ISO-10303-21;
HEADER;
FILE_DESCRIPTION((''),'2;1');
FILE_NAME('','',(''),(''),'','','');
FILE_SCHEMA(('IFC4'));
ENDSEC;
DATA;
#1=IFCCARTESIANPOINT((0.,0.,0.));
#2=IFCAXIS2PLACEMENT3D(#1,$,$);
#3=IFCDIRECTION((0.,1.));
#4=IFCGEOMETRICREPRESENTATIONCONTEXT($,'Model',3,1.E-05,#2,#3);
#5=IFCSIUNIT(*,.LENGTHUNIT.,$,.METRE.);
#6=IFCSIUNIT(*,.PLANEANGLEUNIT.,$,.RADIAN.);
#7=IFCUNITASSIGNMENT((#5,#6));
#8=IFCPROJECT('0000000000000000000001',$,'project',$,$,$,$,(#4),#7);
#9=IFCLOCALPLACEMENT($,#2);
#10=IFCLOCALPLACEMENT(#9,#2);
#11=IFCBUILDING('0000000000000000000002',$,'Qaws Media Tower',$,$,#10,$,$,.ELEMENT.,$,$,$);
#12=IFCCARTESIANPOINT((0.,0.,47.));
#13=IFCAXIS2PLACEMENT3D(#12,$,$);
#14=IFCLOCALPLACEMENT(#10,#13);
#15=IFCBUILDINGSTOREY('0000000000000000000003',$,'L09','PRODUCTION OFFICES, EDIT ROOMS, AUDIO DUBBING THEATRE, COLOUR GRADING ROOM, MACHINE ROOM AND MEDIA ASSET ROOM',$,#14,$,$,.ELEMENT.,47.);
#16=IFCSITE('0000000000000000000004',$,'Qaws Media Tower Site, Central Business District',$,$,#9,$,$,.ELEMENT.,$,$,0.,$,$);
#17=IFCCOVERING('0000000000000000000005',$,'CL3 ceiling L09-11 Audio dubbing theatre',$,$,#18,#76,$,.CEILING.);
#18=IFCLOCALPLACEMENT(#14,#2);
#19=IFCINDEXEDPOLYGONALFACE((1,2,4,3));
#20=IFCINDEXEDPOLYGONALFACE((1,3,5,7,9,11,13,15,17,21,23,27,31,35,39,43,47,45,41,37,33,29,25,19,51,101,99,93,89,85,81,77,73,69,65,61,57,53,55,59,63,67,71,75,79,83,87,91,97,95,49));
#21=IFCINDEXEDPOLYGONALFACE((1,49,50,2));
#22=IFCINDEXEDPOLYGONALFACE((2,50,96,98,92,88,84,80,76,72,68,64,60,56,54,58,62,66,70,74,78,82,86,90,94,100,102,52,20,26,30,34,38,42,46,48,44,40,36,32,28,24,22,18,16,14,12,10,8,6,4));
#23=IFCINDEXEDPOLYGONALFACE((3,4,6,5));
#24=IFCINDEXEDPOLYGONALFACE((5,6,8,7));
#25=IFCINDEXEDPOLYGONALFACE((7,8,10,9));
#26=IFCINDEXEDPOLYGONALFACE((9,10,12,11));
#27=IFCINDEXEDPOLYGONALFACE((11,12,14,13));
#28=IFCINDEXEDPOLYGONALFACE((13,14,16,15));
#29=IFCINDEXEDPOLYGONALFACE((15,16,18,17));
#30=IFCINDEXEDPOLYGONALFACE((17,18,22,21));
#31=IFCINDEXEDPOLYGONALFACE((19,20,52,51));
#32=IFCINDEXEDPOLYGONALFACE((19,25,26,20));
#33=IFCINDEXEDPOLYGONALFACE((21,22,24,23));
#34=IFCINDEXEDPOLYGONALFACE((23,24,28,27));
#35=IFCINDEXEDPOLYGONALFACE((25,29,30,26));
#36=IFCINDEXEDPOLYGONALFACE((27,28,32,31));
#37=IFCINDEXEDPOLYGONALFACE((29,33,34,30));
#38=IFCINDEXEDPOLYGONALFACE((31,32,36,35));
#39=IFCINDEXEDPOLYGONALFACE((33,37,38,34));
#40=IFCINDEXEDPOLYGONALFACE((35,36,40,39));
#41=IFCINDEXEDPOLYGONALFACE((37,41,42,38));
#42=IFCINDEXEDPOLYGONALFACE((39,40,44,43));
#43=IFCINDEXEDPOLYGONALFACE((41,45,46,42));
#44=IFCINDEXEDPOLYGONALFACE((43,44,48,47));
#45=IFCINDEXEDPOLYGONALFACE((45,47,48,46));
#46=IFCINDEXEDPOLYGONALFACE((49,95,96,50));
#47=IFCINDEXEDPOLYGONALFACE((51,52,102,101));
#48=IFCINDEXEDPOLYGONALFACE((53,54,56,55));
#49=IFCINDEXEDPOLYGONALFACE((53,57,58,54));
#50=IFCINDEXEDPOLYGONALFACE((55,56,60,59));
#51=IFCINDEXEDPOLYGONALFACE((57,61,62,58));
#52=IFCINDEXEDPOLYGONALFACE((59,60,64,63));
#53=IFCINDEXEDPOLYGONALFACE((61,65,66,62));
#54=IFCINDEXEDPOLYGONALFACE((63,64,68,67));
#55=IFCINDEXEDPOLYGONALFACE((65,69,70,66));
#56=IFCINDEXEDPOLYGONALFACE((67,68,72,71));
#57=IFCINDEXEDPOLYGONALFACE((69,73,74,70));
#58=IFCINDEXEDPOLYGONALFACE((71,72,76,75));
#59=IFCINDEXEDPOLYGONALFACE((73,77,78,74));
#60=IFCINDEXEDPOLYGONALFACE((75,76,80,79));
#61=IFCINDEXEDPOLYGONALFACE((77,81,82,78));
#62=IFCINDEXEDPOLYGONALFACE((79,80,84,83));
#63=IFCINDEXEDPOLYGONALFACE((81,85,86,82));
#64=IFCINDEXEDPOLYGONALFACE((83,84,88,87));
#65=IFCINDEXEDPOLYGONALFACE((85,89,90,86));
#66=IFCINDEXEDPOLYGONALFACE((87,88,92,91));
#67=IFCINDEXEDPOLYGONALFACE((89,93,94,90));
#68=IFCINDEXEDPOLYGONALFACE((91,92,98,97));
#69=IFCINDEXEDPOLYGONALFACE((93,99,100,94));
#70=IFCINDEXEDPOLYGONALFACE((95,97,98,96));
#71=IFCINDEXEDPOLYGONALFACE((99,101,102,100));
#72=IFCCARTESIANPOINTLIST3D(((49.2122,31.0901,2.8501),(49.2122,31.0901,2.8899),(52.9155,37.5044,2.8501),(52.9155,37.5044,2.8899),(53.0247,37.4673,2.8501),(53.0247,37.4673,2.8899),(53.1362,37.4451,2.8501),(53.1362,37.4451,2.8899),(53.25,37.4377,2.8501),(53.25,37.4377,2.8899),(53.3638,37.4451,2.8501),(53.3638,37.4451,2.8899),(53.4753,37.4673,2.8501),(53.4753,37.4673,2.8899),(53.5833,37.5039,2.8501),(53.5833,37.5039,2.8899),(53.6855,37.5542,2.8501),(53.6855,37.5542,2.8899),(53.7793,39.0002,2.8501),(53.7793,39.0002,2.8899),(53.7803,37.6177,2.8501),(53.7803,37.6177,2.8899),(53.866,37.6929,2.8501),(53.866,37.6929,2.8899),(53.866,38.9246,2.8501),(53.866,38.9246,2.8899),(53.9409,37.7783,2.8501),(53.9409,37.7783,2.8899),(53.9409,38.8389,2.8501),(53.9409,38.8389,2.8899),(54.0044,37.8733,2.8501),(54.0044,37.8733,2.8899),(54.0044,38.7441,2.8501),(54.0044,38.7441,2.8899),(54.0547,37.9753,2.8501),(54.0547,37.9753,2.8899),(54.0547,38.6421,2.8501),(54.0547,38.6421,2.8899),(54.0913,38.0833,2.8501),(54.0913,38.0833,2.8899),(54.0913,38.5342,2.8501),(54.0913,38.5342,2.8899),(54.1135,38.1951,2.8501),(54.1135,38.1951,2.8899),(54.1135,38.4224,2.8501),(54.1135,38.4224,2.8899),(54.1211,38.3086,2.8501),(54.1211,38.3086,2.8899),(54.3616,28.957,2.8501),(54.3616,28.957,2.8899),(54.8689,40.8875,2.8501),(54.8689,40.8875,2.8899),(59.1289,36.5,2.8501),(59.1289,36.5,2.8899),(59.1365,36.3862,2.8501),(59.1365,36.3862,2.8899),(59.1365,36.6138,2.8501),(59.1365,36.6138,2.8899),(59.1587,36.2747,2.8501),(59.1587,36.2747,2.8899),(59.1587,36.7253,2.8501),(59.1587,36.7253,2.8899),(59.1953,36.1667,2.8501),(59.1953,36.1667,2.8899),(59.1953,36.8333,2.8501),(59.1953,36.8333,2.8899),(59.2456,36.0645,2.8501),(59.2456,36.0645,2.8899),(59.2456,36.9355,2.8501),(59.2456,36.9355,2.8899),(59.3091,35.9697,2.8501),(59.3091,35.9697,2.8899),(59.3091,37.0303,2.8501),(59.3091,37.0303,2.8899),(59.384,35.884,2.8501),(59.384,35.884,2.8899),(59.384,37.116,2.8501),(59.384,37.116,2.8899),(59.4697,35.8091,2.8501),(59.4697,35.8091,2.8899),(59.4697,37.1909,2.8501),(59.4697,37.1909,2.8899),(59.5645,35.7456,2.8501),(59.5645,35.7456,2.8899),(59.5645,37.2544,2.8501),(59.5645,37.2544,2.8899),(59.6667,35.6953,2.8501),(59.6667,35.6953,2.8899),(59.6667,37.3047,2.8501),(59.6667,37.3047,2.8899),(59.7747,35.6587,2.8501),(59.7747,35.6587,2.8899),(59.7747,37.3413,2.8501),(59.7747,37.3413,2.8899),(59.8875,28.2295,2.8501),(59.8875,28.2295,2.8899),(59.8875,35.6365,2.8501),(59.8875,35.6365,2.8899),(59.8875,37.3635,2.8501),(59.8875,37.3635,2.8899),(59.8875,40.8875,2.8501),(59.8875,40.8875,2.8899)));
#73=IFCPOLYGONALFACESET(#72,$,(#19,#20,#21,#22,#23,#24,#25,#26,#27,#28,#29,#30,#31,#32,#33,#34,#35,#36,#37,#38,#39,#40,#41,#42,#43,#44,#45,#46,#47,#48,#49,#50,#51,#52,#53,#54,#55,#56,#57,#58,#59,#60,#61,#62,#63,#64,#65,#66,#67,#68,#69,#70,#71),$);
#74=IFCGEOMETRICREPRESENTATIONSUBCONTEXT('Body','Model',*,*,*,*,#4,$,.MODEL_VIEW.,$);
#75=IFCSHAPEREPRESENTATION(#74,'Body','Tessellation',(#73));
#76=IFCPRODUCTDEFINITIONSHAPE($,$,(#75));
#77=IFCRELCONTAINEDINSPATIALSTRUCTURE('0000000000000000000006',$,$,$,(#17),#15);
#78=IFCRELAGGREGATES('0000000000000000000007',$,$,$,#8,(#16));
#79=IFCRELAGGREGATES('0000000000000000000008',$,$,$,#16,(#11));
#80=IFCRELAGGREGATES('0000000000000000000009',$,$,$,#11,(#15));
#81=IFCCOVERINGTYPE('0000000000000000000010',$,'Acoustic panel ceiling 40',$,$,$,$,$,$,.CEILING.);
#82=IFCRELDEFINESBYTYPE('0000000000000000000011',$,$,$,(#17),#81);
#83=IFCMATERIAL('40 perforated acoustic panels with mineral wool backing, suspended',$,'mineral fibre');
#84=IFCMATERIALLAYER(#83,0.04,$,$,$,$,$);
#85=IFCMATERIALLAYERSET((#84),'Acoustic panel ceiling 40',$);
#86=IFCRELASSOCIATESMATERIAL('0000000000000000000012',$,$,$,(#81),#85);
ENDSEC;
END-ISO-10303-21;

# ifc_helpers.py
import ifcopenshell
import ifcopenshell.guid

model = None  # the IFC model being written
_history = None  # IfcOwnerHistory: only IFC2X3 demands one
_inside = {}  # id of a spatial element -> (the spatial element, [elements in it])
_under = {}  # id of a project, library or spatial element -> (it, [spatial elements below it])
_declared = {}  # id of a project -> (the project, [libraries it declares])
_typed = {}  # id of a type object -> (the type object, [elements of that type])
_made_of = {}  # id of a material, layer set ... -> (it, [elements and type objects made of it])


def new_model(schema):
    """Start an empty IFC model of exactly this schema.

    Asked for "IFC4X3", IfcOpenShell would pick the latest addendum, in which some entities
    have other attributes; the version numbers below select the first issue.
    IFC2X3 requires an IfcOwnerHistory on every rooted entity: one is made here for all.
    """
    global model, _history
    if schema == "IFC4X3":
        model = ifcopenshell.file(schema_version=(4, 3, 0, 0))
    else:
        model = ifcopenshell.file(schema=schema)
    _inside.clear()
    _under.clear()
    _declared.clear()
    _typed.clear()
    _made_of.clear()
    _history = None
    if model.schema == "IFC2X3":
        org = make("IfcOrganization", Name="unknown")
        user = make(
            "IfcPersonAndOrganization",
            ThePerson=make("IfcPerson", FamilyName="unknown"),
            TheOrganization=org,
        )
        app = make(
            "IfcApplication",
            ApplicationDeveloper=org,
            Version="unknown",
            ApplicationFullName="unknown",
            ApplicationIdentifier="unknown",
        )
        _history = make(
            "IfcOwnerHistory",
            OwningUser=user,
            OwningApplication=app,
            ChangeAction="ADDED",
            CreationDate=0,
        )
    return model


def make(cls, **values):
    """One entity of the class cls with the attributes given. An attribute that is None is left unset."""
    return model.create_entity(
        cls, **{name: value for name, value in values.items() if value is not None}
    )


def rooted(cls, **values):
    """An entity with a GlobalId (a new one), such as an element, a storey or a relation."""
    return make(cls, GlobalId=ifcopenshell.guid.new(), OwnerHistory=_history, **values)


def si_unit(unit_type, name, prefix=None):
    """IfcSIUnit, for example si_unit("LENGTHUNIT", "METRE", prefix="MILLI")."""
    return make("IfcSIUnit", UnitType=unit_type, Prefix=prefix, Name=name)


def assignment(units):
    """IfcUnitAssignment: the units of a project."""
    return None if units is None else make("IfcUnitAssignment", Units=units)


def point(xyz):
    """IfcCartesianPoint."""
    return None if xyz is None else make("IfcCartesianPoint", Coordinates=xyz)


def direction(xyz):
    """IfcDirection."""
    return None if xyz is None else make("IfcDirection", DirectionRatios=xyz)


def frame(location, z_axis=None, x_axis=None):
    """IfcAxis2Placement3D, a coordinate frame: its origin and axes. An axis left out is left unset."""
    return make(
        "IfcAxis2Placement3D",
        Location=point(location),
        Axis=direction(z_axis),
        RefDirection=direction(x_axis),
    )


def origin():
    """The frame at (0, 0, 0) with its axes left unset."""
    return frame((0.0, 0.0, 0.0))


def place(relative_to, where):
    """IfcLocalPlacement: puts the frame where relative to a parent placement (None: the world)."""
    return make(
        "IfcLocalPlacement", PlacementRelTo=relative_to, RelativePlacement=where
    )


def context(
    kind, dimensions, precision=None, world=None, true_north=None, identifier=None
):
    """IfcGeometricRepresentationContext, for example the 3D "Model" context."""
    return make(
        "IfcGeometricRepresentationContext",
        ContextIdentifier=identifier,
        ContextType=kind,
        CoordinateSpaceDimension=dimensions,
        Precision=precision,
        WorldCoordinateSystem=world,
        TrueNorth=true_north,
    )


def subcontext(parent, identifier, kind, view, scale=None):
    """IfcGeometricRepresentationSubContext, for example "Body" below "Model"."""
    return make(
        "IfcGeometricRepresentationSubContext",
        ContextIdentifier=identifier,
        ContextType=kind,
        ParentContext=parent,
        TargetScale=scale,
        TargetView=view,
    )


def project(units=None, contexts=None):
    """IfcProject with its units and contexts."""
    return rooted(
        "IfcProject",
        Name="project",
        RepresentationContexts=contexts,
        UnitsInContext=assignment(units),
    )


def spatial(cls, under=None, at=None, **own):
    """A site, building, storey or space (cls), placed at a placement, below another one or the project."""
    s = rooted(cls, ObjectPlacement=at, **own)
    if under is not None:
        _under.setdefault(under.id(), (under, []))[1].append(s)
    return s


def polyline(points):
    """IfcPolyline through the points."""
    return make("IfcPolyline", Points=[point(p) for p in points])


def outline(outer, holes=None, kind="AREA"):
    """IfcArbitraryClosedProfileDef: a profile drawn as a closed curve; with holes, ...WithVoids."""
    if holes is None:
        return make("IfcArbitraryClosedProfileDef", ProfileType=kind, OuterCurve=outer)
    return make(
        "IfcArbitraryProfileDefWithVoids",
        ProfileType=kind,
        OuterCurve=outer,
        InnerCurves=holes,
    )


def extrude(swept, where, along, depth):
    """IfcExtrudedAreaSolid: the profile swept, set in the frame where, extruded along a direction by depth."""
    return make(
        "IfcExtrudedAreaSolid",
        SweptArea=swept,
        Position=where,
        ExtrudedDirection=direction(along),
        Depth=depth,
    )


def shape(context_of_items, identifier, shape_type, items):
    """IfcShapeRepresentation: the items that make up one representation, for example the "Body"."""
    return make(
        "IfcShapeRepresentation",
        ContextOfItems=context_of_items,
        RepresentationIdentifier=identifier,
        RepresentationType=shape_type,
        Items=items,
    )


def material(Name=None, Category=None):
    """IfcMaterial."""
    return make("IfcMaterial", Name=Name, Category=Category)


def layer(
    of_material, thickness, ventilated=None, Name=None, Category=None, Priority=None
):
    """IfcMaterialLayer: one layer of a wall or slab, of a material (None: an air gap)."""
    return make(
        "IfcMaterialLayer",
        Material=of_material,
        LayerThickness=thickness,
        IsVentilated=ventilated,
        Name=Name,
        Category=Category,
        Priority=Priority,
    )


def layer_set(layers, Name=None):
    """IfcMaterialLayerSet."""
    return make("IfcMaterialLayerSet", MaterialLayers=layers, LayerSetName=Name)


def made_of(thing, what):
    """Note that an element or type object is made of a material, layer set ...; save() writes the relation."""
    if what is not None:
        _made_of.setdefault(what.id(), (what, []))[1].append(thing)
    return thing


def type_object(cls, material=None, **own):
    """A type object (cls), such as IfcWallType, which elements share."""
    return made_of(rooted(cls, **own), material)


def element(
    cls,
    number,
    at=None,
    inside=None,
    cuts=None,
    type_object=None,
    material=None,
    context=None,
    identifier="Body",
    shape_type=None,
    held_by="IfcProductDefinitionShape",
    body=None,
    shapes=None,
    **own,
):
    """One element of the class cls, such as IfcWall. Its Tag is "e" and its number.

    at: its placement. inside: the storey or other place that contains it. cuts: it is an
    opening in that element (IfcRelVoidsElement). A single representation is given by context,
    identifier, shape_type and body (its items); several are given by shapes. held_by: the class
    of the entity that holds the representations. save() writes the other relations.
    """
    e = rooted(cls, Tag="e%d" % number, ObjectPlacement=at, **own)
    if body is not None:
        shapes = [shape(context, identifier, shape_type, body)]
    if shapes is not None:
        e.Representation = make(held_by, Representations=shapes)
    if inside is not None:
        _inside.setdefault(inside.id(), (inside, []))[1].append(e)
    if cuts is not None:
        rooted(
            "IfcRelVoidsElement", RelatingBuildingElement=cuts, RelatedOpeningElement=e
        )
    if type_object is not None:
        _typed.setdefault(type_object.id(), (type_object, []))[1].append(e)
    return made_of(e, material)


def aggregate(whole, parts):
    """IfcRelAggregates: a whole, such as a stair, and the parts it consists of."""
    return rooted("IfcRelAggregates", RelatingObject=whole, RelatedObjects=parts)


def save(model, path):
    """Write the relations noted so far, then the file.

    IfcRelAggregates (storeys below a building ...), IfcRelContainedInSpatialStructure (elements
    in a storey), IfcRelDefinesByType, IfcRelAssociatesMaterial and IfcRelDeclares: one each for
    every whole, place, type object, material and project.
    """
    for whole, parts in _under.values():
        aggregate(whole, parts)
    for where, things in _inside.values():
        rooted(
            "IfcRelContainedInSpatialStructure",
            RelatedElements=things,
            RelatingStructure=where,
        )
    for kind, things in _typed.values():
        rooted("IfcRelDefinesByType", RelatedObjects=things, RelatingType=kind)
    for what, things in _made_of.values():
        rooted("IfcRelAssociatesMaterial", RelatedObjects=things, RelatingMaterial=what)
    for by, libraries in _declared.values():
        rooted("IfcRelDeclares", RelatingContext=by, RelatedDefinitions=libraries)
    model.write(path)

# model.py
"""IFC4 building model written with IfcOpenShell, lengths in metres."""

from ifc_helpers import new_model, si_unit, direction, frame, origin, place, context, subcontext, project, spatial, polyline, outline, extrude, material, layer, layer_set, type_object, element, save


model = new_model("IFC4")

# Units and contexts
model_context = context("Model", 3, precision=1e-05, world=origin(), true_north=direction((0.0, 1.0)))
body_context = subcontext(model_context, "Body", "Model", "MODEL_VIEW")
ifc_project = project(units=[si_unit("LENGTHUNIT", "METRE"), si_unit("PLANEANGLEUNIT", "RADIAN")], contexts=[model_context])

# Site, building, storey
site_placement = place(None, origin())
site = spatial("IfcSite", under=ifc_project, at=site_placement, Name="Qaws Media Tower Site, Central Business District", CompositionType="ELEMENT", RefElevation=0.0)
building_placement = place(site_placement, origin())
building = spatial("IfcBuilding", under=site, at=building_placement, Name="Qaws Media Tower", CompositionType="ELEMENT")
storey_placement = place(building_placement, frame((0.0, 0.0, 47.0)))
storey = spatial("IfcBuildingStorey", under=building, at=storey_placement, Name="L09", Description="PRODUCTION OFFICES, EDIT ROOMS, AUDIO DUBBING THEATRE, COLOUR GRADING ROOM, MACHINE ROOM AND MEDIA ASSET ROOM", CompositionType="ELEMENT", Elevation=47.0)

# Covering
ifc_material_1 = material(Name="40 perforated acoustic panels with mineral wool backing, suspended", Category="mineral fibre")
ifc_layer_1 = layer(ifc_material_1, 0.04)
ifc_layer_set_1 = layer_set([ifc_layer_1], Name="Acoustic panel ceiling 40")
covering_type_1 = type_object("IfcCoveringType", Name="Acoustic panel ceiling 40", PredefinedType="CEILING", material=ifc_layer_set_1)
covering_1_placement = place(storey_placement, frame((0.0, 0.0, 2.8501)))
element("IfcCovering", 1, at=covering_1_placement, inside=storey, type_object=covering_type_1, Name="CL3 ceiling L09-11 Audio dubbing theatre", PredefinedType="CEILING", context=body_context, shape_type="SweptSolid", body=[
    extrude(outline(polyline([(54.3616, 28.957), (49.2122, 31.0901), (52.9155, 37.5044), (53.0247, 37.4673), (53.1362, 37.4451), (53.25, 37.4377), (53.3638, 37.4451), (53.4753, 37.4673), (53.5833, 37.5039), (53.6855, 37.5542), (53.7803, 37.6177), (53.866, 37.6929), (53.9409, 37.7783), (54.0044, 37.8733), (54.0547, 37.9753), (54.0913, 38.0833), (54.1135, 38.1951), (54.1211, 38.3086), (54.1135, 38.4224), (54.0913, 38.5342), (54.0547, 38.6421), (54.0044, 38.7441), (53.9409, 38.8389), (53.866, 38.9246), (53.7793, 39.0002), (54.8689, 40.8875), (59.8875, 40.8875), (59.8875, 37.3635), (59.7747, 37.3413), (59.6667, 37.3047), (59.5645, 37.2544), (59.4697, 37.1909), (59.384, 37.116), (59.3091, 37.0303), (59.2456, 36.9355), (59.1953, 36.8333), (59.1587, 36.7253), (59.1365, 36.6138), (59.1289, 36.5), (59.1365, 36.3862), (59.1587, 36.2747), (59.1953, 36.1667), (59.2456, 36.0645), (59.3091, 35.9697), (59.384, 35.884), (59.4697, 35.8091), (59.5645, 35.7456), (59.6667, 35.6953), (59.7747, 35.6587), (59.8875, 35.6365), (59.8875, 28.2295), (54.3616, 28.957)])), origin(), (0.0, 0.0, 1.0), 0.0398),
])

save(model, "model.ifc")
